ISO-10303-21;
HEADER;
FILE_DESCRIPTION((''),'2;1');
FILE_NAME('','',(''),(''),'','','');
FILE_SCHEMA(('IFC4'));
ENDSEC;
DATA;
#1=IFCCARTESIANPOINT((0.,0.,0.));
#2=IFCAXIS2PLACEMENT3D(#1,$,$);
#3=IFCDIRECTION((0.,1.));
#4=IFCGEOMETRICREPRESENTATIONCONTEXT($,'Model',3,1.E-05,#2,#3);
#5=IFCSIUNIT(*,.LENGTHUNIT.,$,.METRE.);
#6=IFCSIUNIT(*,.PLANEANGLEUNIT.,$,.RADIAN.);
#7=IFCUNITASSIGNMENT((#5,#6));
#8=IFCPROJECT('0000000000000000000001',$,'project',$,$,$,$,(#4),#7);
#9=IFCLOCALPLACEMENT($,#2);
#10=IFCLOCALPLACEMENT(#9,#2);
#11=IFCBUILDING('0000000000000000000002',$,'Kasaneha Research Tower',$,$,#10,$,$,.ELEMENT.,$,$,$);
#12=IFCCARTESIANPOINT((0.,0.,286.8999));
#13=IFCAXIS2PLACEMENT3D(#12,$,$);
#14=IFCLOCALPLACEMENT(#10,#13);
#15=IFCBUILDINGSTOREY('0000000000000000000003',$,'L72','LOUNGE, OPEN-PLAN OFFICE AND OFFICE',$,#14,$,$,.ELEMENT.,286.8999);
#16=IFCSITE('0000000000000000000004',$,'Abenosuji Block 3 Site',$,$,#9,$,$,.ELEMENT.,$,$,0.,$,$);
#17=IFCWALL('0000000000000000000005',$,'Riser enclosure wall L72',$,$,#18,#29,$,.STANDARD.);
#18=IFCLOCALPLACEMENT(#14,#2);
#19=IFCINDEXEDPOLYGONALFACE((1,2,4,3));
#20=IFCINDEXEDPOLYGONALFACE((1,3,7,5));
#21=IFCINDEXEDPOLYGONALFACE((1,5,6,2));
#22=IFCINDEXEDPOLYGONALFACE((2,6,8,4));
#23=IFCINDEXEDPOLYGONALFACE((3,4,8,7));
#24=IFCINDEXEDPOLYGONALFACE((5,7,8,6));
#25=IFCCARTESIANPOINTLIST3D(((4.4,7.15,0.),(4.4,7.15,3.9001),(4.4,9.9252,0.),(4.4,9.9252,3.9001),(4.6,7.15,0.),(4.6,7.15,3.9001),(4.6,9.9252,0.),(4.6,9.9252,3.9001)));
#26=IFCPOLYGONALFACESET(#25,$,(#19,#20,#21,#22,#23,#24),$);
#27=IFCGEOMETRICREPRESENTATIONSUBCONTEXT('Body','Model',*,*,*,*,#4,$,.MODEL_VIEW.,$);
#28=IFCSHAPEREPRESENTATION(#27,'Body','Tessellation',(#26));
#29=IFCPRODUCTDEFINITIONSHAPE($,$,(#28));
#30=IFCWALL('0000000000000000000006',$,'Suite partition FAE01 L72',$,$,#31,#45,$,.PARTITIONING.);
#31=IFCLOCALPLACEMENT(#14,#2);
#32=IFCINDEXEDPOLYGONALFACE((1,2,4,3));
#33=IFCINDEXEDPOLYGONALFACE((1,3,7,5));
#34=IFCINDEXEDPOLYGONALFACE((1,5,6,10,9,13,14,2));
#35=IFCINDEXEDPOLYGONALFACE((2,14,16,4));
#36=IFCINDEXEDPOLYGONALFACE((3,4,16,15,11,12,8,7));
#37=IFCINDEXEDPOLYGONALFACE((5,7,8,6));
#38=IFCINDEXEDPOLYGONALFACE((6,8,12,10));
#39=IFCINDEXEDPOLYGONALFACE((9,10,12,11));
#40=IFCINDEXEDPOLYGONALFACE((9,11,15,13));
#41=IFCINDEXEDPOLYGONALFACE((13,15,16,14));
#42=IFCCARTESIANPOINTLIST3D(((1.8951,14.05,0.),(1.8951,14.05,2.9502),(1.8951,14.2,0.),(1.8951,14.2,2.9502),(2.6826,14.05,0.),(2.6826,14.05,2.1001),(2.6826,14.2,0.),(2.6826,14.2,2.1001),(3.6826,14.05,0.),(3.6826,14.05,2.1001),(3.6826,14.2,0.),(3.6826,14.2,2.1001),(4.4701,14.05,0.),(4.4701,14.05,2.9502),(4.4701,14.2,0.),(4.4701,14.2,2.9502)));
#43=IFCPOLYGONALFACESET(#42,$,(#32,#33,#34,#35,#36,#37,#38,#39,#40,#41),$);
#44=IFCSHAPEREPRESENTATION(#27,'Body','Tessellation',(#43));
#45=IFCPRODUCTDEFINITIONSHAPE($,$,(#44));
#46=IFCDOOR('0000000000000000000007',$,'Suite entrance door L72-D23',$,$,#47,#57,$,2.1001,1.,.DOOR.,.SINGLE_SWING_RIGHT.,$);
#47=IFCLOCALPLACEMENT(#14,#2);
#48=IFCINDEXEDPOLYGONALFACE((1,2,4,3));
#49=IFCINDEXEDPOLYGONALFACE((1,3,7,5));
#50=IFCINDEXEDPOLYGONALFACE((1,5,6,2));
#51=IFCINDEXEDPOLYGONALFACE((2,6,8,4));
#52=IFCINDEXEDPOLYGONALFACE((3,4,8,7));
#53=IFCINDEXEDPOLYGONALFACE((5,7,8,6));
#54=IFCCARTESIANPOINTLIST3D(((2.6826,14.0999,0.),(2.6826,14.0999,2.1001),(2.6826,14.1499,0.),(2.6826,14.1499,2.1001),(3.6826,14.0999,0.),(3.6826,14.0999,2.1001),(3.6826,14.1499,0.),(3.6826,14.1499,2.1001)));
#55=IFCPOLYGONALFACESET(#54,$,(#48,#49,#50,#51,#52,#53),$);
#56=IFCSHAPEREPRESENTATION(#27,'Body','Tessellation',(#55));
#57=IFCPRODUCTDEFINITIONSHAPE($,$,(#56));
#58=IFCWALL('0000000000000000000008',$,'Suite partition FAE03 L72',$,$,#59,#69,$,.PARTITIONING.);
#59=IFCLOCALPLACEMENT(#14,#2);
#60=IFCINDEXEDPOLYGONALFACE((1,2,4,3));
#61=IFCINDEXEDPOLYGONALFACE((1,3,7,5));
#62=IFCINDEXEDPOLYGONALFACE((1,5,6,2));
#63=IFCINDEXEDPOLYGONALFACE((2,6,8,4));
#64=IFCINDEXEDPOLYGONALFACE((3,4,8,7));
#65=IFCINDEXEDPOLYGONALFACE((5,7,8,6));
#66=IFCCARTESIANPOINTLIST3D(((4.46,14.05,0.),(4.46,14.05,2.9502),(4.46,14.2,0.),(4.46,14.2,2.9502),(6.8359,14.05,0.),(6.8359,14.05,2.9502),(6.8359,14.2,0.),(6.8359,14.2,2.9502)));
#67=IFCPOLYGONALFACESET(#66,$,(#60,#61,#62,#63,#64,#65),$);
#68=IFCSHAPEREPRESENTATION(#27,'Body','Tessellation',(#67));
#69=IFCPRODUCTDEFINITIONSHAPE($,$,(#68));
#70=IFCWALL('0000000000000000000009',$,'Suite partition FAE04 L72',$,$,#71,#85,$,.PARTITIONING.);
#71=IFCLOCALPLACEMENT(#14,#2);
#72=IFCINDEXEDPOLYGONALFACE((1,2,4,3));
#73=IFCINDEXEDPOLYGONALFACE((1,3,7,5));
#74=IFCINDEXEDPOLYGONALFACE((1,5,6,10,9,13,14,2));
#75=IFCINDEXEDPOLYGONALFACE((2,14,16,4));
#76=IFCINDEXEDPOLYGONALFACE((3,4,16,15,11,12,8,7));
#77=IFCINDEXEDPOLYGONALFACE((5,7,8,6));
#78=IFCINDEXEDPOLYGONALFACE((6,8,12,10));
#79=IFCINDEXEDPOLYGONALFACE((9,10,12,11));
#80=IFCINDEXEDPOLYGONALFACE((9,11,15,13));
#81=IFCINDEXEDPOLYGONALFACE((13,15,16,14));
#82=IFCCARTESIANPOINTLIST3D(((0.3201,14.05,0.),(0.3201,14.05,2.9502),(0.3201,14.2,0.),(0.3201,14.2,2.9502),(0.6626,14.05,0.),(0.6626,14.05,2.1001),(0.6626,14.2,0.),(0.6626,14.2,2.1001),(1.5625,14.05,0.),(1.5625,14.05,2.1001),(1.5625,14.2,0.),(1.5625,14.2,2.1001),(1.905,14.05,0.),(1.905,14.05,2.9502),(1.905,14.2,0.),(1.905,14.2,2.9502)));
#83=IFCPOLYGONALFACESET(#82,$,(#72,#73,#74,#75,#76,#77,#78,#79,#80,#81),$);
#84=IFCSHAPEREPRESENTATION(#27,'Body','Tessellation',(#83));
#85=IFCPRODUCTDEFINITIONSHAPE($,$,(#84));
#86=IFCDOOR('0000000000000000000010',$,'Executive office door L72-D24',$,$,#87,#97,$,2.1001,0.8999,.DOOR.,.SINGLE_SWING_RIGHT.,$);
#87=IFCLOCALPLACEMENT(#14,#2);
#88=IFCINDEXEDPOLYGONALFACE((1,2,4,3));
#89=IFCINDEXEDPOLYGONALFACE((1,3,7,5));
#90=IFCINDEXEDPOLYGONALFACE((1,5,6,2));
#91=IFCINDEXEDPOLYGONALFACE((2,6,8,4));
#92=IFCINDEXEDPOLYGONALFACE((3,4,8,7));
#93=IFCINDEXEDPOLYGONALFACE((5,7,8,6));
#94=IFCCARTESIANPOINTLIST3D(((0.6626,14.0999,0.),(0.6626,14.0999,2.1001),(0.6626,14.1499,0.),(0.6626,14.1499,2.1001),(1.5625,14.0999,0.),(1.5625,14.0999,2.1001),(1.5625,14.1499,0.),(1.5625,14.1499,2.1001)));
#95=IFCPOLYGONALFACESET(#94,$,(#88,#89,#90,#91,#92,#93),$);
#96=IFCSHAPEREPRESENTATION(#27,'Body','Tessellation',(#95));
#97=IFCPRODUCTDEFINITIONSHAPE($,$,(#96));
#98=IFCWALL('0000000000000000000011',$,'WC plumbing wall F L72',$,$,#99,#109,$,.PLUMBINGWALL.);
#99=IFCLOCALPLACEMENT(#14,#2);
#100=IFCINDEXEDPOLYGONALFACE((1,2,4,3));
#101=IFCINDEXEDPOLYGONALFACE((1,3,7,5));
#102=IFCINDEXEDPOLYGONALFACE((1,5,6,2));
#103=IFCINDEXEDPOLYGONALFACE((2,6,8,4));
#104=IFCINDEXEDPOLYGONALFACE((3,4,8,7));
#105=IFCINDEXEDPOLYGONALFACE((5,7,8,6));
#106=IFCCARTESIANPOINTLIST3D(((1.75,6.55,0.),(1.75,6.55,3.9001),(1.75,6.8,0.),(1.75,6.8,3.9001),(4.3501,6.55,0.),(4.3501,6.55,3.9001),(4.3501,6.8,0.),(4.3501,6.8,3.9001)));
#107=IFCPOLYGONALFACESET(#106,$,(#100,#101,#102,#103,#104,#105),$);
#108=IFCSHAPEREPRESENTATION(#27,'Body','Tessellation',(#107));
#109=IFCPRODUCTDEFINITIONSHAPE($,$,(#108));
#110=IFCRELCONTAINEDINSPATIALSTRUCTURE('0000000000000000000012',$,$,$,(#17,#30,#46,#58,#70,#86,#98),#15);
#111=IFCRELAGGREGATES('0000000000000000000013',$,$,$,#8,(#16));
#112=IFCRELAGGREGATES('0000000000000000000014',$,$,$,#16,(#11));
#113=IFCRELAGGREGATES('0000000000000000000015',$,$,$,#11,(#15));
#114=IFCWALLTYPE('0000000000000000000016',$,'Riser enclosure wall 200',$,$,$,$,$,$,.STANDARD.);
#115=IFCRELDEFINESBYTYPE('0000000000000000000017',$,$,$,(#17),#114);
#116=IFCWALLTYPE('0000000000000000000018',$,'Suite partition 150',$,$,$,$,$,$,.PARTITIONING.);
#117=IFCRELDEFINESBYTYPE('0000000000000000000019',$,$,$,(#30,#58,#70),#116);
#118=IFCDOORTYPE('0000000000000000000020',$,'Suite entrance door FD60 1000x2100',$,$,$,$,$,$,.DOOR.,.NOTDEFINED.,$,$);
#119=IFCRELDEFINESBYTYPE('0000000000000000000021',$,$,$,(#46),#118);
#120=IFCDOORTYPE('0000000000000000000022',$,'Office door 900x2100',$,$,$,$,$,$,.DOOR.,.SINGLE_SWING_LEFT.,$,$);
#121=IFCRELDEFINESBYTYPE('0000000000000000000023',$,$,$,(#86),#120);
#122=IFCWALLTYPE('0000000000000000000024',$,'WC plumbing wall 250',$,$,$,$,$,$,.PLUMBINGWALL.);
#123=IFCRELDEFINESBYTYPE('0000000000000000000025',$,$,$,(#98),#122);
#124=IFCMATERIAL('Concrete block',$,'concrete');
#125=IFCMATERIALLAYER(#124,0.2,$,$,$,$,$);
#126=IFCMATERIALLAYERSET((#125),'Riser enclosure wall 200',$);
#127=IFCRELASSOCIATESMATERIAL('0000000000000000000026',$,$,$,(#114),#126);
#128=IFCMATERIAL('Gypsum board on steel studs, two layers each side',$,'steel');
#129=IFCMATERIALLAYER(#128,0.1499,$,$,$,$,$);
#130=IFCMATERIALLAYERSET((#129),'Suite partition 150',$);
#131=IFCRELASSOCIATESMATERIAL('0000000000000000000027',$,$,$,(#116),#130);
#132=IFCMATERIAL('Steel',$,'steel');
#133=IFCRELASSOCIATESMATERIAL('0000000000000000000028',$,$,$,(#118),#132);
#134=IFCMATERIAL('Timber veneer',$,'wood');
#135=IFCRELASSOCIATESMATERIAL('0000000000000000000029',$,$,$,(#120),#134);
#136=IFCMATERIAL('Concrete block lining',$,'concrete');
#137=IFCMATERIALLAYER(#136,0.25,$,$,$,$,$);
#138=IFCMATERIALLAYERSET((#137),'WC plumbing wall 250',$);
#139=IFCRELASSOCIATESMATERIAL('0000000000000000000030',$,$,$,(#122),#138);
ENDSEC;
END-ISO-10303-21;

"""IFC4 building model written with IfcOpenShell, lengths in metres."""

from ifc_helpers import new_model, si_unit, direction, frame, frame_2d, origin, place, context, subcontext, project, spatial, rectangle, extrude, material, layer, layer_set, type_object, element, fill, save


model = new_model("IFC4")

# Units and contexts
model_context = context("Model", 3, precision=1e-05, world=origin(), true_north=direction((0.0, 1.0)))
body_context = subcontext(model_context, "Body", "Model", "MODEL_VIEW")
ifc_project = project(units=[si_unit("LENGTHUNIT", "METRE"), si_unit("PLANEANGLEUNIT", "RADIAN")], contexts=[model_context])

# Site, building, storey
site_placement = place(None, origin())
site = spatial("IfcSite", under=ifc_project, at=site_placement, Name="Abenosuji Block 3 Site", CompositionType="ELEMENT", RefElevation=0.0)
building_placement = place(site_placement, origin())
building = spatial("IfcBuilding", under=site, at=building_placement, Name="Kasaneha Research Tower", CompositionType="ELEMENT")
storey_placement = place(building_placement, frame((0.0, 0.0, 286.8999)))
storey = spatial("IfcBuildingStorey", under=building, at=storey_placement, Name="L72", Description="LOUNGE, OPEN-PLAN OFFICE AND OFFICE", CompositionType="ELEMENT", Elevation=286.8999)

# Wall
ifc_material_1 = material(Name="Concrete block", Category="concrete")
ifc_layer_1 = layer(ifc_material_1, 0.2)
ifc_layer_set_1 = layer_set([ifc_layer_1], Name="Riser enclosure wall 200")
wall_type_1 = type_object("IfcWallType", Name="Riser enclosure wall 200", PredefinedType="STANDARD", material=ifc_layer_set_1)
wall_1_placement = place(storey_placement, frame((4.5, 7.1499, 0.0), z_axis=(0.0, 0.0, 1.0), x_axis=(0.0, 1.0, 0.0)))
element("IfcWall", 1, at=wall_1_placement, inside=storey, type_object=wall_type_1, Name="Riser enclosure wall L72", PredefinedType="STANDARD", context=body_context, shape_type="SweptSolid", body=[
    extrude(rectangle(XDim=2.7751, YDim=0.2, at=frame_2d((1.3877, 0.0))), origin(), (0.0, 0.0, 1.0), 3.9001),
])

# Wall, opening, door
ifc_material_2 = material(Name="Gypsum board on steel studs, two layers each side", Category="steel")
ifc_layer_2 = layer(ifc_material_2, 0.1499)
ifc_layer_set_2 = layer_set([ifc_layer_2], Name="Suite partition 150")
wall_type_2 = type_object("IfcWallType", Name="Suite partition 150", PredefinedType="PARTITIONING", material=ifc_layer_set_2)
wall_2_placement = place(storey_placement, frame((1.895, 14.125, 0.0), z_axis=(0.0, 0.0, 1.0), x_axis=(1.0, 0.0, 0.0)))
wall_2 = element("IfcWall", 2, at=wall_2_placement, inside=storey, type_object=wall_type_2, Name="Suite partition FAE01 L72", PredefinedType="PARTITIONING", context=body_context, shape_type="SweptSolid", body=[
    extrude(rectangle(XDim=2.575, YDim=0.1499, at=frame_2d((1.2876, 0.0))), origin(), (0.0, 0.0, 1.0), 2.9502),
])
opening_1_placement = place(wall_2_placement, frame((0.7876, 0.0, 0.0)))
opening_1 = element("IfcOpeningElement", 3, at=opening_1_placement, cuts=wall_2, PredefinedType="OPENING", context=body_context, shape_type="SweptSolid", body=[
    extrude(rectangle(XDim=1.0, YDim=2.1001, at=frame_2d((0.5, 1.05))), frame((0.0, 0.085, 0.0), z_axis=(0.0, -1.0, 0.0), x_axis=(1.0, 0.0, 0.0)), (0.0, 0.0, 1.0), 0.1699),
])
ifc_material_3 = material(Name="Steel", Category="steel")
door_type_1 = type_object("IfcDoorType", Name="Suite entrance door FD60 1000x2100", OperationType="NOTDEFINED", PredefinedType="DOOR", material=ifc_material_3)
door_1_placement = place(opening_1_placement, origin())
door_1 = element("IfcDoor", 4, at=door_1_placement, inside=storey, type_object=door_type_1, Name="Suite entrance door L72-D23", OperationType="SINGLE_SWING_RIGHT", OverallHeight=2.1001, OverallWidth=1.0, PredefinedType="DOOR", context=body_context, shape_type="SweptSolid", body=[
    extrude(rectangle(XDim=1.0, YDim=2.1001, at=frame_2d((0.5, 1.05))), frame((0.0, 0.0249, 0.0), z_axis=(0.0, -1.0, 0.0), x_axis=(1.0, 0.0, 0.0)), (0.0, 0.0, 1.0), 0.05),
])
fill(opening_1, door_1)

# Wall
wall_3_placement = place(storey_placement, frame((4.46, 14.125, 0.0), z_axis=(0.0, 0.0, 1.0), x_axis=(1.0, 0.0, 0.0)))
element("IfcWall", 5, at=wall_3_placement, inside=storey, type_object=wall_type_2, Name="Suite partition FAE03 L72", PredefinedType="PARTITIONING", context=body_context, shape_type="SweptSolid", body=[
    extrude(rectangle(XDim=2.376, YDim=0.1499, at=frame_2d((1.188, 0.0))), origin(), (0.0, 0.0, 1.0), 2.9502),
])

# Wall, opening, door
wall_4_placement = place(storey_placement, frame((0.3201, 14.125, 0.0), z_axis=(0.0, 0.0, 1.0), x_axis=(1.0, 0.0, 0.0)))
wall_4 = element("IfcWall", 6, at=wall_4_placement, inside=storey, type_object=wall_type_2, Name="Suite partition FAE04 L72", PredefinedType="PARTITIONING", context=body_context, shape_type="SweptSolid", body=[
    extrude(rectangle(XDim=1.585, YDim=0.1499, at=frame_2d((0.7925, 0.0))), origin(), (0.0, 0.0, 1.0), 2.9502),
])
opening_2_placement = place(wall_4_placement, frame((0.3425, 0.0, 0.0)))
opening_2 = element("IfcOpeningElement", 7, at=opening_2_placement, cuts=wall_4, PredefinedType="OPENING", context=body_context, shape_type="SweptSolid", body=[
    extrude(rectangle(XDim=0.8999, YDim=2.1001, at=frame_2d((0.45, 1.05))), frame((0.0, 0.085, 0.0), z_axis=(0.0, -1.0, 0.0), x_axis=(1.0, 0.0, 0.0)), (0.0, 0.0, 1.0), 0.1699),
])
ifc_material_4 = material(Name="Timber veneer", Category="wood")
door_type_2 = type_object("IfcDoorType", Name="Office door 900x2100", OperationType="SINGLE_SWING_LEFT", PredefinedType="DOOR", material=ifc_material_4)
door_2_placement = place(opening_2_placement, origin())
door_2 = element("IfcDoor", 8, at=door_2_placement, inside=storey, type_object=door_type_2, Name="Executive office door L72-D24", OperationType="SINGLE_SWING_RIGHT", OverallHeight=2.1001, OverallWidth=0.8999, PredefinedType="DOOR", context=body_context, shape_type="SweptSolid", body=[
    extrude(rectangle(XDim=0.8999, YDim=2.1001, at=frame_2d((0.45, 1.05))), frame((0.0, 0.0249, 0.0), z_axis=(0.0, -1.0, 0.0), x_axis=(1.0, 0.0, 0.0)), (0.0, 0.0, 1.0), 0.05),
])
fill(opening_2, door_2)

# Wall
ifc_material_5 = material(Name="Concrete block lining", Category="concrete")
ifc_layer_3 = layer(ifc_material_5, 0.25)
ifc_layer_set_3 = layer_set([ifc_layer_3], Name="WC plumbing wall 250")
wall_type_3 = type_object("IfcWallType", Name="WC plumbing wall 250", PredefinedType="PLUMBINGWALL", material=ifc_layer_set_3)
wall_5_placement = place(storey_placement, frame((1.75, 6.675, 0.0), z_axis=(0.0, 0.0, 1.0), x_axis=(1.0, 0.0, 0.0)))
element("IfcWall", 9, at=wall_5_placement, inside=storey, type_object=wall_type_3, Name="WC plumbing wall F L72", PredefinedType="PLUMBINGWALL", context=body_context, shape_type="SweptSolid", body=[
    extrude(rectangle(XDim=2.6001, YDim=0.25, at=frame_2d((1.3, 0.0))), origin(), (0.0, 0.0, 1.0), 3.9001),
])

save(model, "model.ifc")
